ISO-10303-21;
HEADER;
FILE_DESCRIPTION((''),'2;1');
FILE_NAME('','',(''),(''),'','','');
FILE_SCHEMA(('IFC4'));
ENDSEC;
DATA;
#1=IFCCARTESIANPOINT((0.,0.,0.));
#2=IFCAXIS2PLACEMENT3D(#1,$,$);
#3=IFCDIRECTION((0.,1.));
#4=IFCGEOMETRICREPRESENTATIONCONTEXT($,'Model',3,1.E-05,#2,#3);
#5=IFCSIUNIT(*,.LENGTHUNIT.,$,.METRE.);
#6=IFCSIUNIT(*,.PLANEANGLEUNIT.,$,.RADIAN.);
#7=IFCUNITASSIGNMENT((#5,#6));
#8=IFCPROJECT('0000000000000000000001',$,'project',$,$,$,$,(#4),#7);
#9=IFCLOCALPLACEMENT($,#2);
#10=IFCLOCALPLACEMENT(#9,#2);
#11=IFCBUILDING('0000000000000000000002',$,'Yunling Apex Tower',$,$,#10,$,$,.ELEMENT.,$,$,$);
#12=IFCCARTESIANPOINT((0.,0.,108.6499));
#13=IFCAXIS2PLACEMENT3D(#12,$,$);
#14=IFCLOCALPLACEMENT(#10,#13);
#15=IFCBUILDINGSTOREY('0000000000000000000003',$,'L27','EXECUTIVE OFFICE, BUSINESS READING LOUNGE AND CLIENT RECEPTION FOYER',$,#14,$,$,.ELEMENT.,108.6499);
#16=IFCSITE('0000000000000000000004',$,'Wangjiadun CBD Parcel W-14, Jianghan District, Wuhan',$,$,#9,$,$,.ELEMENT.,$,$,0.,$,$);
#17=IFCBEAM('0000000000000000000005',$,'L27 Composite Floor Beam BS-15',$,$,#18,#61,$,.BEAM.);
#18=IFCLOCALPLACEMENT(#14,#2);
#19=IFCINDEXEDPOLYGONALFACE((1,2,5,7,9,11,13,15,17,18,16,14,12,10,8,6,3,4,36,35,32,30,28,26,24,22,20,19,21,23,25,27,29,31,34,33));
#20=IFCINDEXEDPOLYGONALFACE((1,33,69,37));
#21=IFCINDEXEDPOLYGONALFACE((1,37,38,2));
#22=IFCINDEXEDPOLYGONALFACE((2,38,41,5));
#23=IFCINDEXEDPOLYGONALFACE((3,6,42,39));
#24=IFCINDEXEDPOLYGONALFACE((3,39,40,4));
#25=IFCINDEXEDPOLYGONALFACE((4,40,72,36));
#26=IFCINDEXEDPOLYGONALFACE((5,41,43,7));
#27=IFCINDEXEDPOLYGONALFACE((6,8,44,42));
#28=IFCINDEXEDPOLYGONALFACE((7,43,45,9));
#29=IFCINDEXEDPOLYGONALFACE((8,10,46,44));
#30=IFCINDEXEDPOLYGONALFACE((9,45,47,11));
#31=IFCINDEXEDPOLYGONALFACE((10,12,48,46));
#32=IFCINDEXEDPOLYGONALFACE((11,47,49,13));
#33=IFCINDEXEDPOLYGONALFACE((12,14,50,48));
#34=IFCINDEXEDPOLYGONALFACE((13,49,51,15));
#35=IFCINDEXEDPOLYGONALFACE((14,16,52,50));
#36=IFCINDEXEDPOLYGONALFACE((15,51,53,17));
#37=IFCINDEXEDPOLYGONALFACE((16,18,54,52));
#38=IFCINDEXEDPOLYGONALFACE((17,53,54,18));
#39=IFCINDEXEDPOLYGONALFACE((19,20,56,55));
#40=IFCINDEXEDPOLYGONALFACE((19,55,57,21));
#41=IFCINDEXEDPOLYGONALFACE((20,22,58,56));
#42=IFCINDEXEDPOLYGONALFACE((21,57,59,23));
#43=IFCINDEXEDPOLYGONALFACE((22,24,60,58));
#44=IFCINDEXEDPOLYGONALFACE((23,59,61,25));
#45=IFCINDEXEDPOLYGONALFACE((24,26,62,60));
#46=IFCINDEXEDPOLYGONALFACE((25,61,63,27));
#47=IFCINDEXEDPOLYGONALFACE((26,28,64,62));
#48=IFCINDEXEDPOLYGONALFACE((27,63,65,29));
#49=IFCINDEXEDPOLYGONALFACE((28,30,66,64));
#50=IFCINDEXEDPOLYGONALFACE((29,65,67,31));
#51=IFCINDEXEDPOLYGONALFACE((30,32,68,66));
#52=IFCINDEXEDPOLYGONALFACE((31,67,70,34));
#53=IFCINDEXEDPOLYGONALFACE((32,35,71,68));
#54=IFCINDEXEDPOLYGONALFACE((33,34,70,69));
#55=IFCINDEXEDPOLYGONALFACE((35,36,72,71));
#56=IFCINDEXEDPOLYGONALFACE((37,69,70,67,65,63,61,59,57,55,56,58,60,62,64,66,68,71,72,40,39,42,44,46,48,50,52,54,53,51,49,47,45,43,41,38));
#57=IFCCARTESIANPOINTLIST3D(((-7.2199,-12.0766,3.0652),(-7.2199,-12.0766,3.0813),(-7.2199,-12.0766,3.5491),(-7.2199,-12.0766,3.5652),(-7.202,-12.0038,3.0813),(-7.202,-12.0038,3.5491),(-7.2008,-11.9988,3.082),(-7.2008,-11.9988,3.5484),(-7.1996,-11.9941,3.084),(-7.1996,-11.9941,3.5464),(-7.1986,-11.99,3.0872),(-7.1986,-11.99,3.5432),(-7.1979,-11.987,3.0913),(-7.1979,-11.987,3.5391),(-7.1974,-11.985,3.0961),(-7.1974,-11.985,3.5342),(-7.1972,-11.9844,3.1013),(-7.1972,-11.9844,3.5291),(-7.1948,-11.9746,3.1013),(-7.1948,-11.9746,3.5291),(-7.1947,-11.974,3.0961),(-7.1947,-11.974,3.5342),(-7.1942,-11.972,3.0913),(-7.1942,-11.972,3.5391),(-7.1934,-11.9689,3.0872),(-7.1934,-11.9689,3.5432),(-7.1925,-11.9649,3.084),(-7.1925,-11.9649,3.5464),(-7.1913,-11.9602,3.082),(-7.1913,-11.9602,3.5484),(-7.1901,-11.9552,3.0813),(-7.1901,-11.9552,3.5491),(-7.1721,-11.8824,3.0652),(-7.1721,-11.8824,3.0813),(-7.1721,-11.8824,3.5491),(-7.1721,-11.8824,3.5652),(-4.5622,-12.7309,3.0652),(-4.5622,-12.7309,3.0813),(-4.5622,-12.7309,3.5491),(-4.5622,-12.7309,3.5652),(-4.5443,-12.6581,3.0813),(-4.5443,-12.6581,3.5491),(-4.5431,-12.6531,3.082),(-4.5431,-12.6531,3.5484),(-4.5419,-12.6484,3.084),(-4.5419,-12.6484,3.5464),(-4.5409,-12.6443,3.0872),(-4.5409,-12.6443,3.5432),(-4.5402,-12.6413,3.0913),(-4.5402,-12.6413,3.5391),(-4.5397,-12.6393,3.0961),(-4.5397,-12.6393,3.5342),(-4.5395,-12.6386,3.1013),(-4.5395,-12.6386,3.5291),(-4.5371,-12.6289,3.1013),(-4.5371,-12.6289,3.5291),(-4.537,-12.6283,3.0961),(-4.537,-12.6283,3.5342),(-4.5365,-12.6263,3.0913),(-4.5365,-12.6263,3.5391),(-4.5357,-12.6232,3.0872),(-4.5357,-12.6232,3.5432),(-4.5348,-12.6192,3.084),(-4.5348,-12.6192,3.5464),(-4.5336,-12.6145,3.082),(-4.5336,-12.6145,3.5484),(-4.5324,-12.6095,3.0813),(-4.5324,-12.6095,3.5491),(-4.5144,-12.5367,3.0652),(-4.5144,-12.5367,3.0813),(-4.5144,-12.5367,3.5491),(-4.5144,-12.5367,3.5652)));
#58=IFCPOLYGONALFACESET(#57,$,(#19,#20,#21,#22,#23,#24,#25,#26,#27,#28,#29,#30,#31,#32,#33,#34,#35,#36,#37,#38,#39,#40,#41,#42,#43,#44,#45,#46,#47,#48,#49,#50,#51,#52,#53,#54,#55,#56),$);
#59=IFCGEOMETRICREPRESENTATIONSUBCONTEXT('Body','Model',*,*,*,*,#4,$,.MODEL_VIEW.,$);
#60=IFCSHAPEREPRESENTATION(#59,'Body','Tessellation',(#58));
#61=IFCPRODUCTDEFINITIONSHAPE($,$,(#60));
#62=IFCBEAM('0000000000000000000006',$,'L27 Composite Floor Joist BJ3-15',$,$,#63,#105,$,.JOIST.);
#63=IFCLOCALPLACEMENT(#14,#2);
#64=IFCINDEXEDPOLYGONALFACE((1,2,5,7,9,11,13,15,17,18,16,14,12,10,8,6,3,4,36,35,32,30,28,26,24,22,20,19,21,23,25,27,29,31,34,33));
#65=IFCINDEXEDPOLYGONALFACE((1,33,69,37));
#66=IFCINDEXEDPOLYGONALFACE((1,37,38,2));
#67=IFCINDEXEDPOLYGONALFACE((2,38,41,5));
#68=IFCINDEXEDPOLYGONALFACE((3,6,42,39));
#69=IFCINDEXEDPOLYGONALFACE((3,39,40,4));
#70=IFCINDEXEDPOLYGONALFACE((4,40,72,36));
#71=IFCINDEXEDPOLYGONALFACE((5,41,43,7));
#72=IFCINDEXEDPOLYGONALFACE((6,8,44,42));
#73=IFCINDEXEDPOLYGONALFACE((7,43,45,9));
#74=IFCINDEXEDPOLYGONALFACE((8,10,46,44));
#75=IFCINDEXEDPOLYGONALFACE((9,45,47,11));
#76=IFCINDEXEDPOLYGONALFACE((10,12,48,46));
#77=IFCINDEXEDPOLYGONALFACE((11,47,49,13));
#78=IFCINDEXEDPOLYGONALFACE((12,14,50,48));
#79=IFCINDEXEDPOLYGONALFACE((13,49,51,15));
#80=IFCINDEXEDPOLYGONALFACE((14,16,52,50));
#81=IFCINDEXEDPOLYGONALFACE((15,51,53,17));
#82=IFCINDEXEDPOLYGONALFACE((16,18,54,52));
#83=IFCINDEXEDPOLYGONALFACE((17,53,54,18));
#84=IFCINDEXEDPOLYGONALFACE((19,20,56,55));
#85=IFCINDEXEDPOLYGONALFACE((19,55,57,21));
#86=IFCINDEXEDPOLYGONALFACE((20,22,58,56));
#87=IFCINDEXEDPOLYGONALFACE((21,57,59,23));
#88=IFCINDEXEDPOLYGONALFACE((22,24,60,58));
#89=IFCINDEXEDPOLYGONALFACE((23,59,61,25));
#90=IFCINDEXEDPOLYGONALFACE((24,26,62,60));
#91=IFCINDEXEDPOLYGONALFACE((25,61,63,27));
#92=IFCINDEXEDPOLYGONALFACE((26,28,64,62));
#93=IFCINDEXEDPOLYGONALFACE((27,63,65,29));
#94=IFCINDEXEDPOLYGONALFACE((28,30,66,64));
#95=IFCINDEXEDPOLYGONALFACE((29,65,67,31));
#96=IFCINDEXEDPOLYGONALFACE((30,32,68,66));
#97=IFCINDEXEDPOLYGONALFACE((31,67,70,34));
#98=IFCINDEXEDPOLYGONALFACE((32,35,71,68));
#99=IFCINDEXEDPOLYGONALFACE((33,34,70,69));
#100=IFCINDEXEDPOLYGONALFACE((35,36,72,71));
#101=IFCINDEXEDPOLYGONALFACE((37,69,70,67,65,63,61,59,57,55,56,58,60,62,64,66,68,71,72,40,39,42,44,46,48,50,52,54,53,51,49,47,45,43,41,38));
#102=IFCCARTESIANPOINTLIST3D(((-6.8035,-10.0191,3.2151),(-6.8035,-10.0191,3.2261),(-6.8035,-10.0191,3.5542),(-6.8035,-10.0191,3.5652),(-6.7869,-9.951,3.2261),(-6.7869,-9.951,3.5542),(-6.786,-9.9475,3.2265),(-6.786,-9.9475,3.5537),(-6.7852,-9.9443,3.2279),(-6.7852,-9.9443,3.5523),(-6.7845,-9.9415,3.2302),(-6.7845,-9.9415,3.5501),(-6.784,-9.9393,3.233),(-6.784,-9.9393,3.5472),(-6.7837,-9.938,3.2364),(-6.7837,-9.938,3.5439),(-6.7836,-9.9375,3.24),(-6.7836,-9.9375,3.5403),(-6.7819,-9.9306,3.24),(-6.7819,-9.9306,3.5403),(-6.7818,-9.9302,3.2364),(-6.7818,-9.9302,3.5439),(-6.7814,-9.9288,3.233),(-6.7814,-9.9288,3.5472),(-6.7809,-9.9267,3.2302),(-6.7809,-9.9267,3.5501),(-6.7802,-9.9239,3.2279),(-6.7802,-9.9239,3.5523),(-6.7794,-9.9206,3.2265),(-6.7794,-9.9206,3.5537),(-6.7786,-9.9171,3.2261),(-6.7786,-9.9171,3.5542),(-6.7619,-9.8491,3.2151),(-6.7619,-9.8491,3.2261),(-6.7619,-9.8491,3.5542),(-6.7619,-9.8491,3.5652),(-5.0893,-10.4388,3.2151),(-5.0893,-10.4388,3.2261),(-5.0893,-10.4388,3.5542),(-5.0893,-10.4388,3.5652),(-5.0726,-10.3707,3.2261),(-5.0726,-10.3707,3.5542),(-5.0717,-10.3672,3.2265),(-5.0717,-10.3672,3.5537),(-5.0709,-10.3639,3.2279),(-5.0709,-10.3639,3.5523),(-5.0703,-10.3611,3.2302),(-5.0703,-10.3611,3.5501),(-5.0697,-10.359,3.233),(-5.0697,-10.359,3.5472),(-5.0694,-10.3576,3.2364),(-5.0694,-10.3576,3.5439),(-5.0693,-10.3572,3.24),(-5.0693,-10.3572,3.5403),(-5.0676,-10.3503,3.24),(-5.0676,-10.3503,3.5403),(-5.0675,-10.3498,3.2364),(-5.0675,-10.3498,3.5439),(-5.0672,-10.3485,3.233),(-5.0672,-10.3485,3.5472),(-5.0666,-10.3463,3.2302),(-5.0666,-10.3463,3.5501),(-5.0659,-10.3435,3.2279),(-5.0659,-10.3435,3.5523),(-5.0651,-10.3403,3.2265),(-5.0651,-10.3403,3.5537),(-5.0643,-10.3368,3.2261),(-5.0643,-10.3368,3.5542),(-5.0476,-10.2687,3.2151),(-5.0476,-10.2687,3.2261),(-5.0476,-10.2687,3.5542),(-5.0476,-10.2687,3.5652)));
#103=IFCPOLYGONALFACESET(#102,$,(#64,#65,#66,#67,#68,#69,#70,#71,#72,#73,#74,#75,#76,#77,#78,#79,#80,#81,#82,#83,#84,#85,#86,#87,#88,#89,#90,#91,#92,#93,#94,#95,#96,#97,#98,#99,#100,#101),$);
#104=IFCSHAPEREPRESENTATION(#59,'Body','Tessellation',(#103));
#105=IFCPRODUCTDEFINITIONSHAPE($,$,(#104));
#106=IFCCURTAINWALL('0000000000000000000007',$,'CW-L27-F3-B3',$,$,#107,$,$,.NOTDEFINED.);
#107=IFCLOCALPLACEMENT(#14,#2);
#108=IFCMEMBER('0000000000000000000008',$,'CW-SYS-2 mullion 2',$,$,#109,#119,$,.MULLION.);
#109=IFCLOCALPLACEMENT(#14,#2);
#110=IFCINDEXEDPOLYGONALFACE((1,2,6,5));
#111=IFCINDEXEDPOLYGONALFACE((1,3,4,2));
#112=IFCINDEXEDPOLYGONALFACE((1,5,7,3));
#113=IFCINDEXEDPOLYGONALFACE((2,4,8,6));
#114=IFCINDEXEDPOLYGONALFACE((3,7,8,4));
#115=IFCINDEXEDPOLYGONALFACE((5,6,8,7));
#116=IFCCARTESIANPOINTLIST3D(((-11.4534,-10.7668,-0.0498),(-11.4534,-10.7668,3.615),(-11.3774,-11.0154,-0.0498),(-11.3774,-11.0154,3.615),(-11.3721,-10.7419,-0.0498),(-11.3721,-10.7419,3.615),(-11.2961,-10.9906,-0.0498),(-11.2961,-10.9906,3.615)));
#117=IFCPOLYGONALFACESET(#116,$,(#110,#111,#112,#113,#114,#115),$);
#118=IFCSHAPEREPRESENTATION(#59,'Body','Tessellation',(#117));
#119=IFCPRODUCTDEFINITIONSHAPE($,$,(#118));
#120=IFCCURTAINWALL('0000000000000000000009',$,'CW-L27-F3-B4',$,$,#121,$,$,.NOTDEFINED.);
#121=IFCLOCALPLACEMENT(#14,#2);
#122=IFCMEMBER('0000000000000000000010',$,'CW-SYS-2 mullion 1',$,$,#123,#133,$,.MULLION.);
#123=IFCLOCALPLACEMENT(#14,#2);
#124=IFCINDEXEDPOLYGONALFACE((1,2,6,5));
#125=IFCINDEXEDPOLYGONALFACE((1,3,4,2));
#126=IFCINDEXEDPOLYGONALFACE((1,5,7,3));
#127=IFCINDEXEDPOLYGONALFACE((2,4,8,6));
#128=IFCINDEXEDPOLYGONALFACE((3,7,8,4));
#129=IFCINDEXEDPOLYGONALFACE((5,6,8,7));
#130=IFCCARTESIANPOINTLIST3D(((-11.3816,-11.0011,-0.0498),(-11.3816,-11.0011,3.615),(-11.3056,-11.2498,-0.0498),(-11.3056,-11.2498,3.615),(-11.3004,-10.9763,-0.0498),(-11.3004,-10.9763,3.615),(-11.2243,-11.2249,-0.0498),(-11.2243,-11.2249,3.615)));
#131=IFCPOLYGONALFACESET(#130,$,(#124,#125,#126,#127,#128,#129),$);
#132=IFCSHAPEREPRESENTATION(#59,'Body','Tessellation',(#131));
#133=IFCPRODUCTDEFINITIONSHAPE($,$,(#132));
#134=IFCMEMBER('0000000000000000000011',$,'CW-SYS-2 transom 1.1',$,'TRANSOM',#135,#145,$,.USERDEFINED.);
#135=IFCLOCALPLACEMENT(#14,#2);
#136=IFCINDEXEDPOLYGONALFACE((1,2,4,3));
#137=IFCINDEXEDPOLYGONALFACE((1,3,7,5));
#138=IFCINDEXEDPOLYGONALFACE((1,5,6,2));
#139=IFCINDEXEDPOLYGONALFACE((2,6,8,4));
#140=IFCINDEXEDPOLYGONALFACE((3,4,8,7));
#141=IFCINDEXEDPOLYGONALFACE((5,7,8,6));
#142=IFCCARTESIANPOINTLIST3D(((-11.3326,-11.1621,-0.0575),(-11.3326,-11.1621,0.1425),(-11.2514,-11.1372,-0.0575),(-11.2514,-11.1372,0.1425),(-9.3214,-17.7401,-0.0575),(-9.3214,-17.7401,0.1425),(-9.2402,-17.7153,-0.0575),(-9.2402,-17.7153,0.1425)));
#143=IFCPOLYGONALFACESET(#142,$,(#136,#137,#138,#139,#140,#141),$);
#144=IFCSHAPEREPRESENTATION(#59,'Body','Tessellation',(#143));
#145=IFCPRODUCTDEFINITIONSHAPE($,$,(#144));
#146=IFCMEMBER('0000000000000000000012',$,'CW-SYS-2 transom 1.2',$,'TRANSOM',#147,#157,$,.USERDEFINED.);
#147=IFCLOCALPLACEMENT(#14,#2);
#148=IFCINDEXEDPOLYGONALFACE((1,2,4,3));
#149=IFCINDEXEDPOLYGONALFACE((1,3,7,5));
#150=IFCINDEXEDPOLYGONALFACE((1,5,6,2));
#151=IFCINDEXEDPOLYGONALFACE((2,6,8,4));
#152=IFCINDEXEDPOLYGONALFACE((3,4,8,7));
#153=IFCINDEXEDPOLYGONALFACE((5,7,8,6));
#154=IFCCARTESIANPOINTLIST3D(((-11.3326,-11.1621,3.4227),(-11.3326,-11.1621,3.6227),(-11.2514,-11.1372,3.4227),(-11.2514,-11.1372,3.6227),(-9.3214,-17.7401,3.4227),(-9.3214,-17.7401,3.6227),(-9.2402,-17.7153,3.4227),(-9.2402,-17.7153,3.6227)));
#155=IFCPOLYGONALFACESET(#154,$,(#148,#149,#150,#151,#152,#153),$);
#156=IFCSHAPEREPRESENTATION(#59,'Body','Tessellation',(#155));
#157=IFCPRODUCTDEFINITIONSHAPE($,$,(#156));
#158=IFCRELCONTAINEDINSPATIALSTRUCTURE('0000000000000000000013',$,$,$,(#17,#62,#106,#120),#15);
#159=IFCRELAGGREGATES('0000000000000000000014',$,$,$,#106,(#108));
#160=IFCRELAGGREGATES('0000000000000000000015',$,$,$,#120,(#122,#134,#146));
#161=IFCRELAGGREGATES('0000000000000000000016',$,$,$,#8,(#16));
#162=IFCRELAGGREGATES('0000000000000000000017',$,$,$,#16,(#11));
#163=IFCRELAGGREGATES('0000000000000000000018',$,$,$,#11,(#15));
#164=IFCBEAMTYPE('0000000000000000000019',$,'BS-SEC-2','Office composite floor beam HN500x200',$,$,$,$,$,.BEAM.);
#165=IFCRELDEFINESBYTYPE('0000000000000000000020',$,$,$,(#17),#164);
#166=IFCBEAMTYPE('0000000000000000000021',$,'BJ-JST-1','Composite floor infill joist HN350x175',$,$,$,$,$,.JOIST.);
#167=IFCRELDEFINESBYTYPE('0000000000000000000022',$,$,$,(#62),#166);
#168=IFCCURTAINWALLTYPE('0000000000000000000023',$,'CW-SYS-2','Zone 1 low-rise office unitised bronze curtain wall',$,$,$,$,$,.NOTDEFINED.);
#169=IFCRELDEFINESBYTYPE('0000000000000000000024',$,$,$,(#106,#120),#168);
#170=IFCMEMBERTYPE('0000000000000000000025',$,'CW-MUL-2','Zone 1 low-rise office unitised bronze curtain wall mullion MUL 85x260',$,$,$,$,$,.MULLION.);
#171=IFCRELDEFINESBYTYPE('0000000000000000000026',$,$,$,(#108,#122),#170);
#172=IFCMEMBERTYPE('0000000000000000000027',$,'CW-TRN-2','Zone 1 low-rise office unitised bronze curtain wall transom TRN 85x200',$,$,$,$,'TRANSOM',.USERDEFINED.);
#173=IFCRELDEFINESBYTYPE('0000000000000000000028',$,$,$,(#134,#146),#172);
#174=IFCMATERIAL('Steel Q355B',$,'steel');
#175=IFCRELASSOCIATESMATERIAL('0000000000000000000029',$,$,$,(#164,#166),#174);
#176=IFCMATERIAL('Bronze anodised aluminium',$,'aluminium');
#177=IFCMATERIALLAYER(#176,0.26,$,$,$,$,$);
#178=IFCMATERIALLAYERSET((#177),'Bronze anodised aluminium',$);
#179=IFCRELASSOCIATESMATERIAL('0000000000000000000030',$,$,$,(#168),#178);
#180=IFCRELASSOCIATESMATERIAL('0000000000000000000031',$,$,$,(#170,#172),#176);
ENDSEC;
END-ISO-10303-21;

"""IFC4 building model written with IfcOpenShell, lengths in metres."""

from ifc_helpers import new_model, si_unit, direction, frame, origin, origin_2d, place, context, subcontext, project, spatial, rectangle, i_section, extrude, source, transform, mapped, material, layer, layer_set, material_profile, profile_set, type_object, element, aggregate, save


model = new_model("IFC4")

# Units and contexts
model_context = context("Model", 3, precision=1e-05, world=origin(), true_north=direction((0.0, 1.0)))
body_context = subcontext(model_context, "Body", "Model", "MODEL_VIEW")
ifc_project = project(units=[si_unit("LENGTHUNIT", "METRE"), si_unit("PLANEANGLEUNIT", "RADIAN")], contexts=[model_context])

# Site, building, storey
site_placement = place(None, origin())
site = spatial("IfcSite", under=ifc_project, at=site_placement, Name="Wangjiadun CBD Parcel W-14, Jianghan District, Wuhan", CompositionType="ELEMENT", RefElevation=0.0)
building_placement = place(site_placement, origin())
building = spatial("IfcBuilding", under=site, at=building_placement, Name="Yunling Apex Tower", CompositionType="ELEMENT")
storey_placement = place(building_placement, frame((0.0, 0.0, 108.6499)))
storey = spatial("IfcBuildingStorey", under=building, at=storey_placement, Name="L27", Description="EXECUTIVE OFFICE, BUSINESS READING LOUNGE AND CLIENT RECEPTION FOYER", CompositionType="ELEMENT", Elevation=108.6499)

# Beams
ifc_material_1 = material(Name="Steel Q355B", Category="steel")
ifc_material_profile_1 = material_profile(ifc_material_1, i_section(OverallWidth=0.2, OverallDepth=0.5, WebThickness=0.01, FlangeThickness=0.0161, FilletRadius=0.02, at=origin_2d()))
ifc_profile_set_1 = profile_set([ifc_material_profile_1], Name="Steel Q355B")
beam_type_1 = type_object("IfcBeamType", Name="BS-SEC-2", Description="Office composite floor beam HN500x200", PredefinedType="BEAM", material=ifc_profile_set_1)
ifc_material_profile_2 = material_profile(ifc_material_1, i_section(OverallWidth=0.175, OverallDepth=0.3501, WebThickness=0.0071, FlangeThickness=0.011, FilletRadius=0.0139, at=origin_2d()))
ifc_profile_set_2 = profile_set([ifc_material_profile_2], Name="Steel Q355B")
beam_type_2 = type_object("IfcBeamType", Name="BJ-JST-1", Description="Composite floor infill joist HN350x175", PredefinedType="JOIST", material=ifc_profile_set_2)
shared_shape_1 = source(origin(), body_context, "Body", "SweptSolid", [
    extrude(i_section(OverallWidth=0.2, OverallDepth=0.5, WebThickness=0.01, FlangeThickness=0.0161, FilletRadius=0.02, at=origin_2d()), origin(), (0.0, 0.0, 1.0), 2.7371),
])
beam_1_placement = place(storey_placement, frame((-7.196, -11.9795, 3.3152), z_axis=(0.971007, -0.23905, 0.0), x_axis=(0.23905, 0.971007, 0.0)))
element("IfcBeam", 1, at=beam_1_placement, inside=storey, type_object=beam_type_1, Name="L27 Composite Floor Beam BS-15", PredefinedType="BEAM", context=body_context, shape_type="MappedRepresentation", body=[
    mapped(shared_shape_1, transform((0.0, 0.0, 0.0), scale=1.0)),
])
shared_shape_2 = source(origin(), body_context, "Body", "SweptSolid", [
    extrude(i_section(OverallWidth=0.175, OverallDepth=0.3501, WebThickness=0.0071, FlangeThickness=0.011, FilletRadius=0.0139, at=origin_2d()), origin(), (0.0, 0.0, 1.0), 1.7649),
])
beam_2_placement = place(storey_placement, frame((-6.7827, -9.9341, 3.3901), z_axis=(0.971319, -0.237781, 0.0), x_axis=(0.237781, 0.971319, 0.0)))
element("IfcBeam", 2, at=beam_2_placement, inside=storey, type_object=beam_type_2, Name="L27 Composite Floor Joist BJ3-15", PredefinedType="JOIST", context=body_context, shape_type="MappedRepresentation", body=[
    mapped(shared_shape_2, transform((0.0, 0.0, 0.0), scale=1.0)),
])

# Curtain wall, member
ifc_material_2 = material(Name="Bronze anodised aluminium", Category="aluminium")
ifc_layer_1 = layer(ifc_material_2, 0.26)
ifc_layer_set_1 = layer_set([ifc_layer_1], Name="Bronze anodised aluminium")
curtain_wall_type = type_object("IfcCurtainWallType", Name="CW-SYS-2", Description="Zone 1 low-rise office unitised bronze curtain wall", PredefinedType="NOTDEFINED", material=ifc_layer_set_1)
curtain_wall_1_placement = place(storey_placement, origin())
curtain_wall_1 = element("IfcCurtainWall", 3, at=curtain_wall_1_placement, inside=storey, type_object=curtain_wall_type, Name="CW-L27-F3-B3", PredefinedType="NOTDEFINED")
ifc_material_profile_3 = material_profile(ifc_material_2, rectangle(XDim=0.085, YDim=0.26, at=origin_2d()))
ifc_profile_set_3 = profile_set([ifc_material_profile_3], Name="Bronze anodised aluminium")
member_type_1 = type_object("IfcMemberType", Name="CW-MUL-2", Description="Zone 1 low-rise office unitised bronze curtain wall mullion MUL 85x260", PredefinedType="MULLION", material=ifc_profile_set_3)
shared_shape_3 = source(origin(), body_context, "Body", "SweptSolid", [
    extrude(rectangle(XDim=0.085, YDim=0.26, at=origin_2d()), origin(), (0.0, 0.0, 1.0), 3.6648),
])
member_1_placement = place(storey_placement, frame((-11.3748, -10.8787, -0.0498), z_axis=(0.0, 0.0, 1.0), x_axis=(0.956304, 0.292373, 0.0)))
member_1 = element("IfcMember", 4, at=member_1_placement, type_object=member_type_1, Name="CW-SYS-2 mullion 2", PredefinedType="MULLION", context=body_context, shape_type="MappedRepresentation", body=[
    mapped(shared_shape_3, transform((0.0, 0.0, 0.0), scale=1.0)),
])
aggregate(curtain_wall_1, [member_1])

# Curtain wall, members
curtain_wall_2_placement = place(storey_placement, origin())
curtain_wall_2 = element("IfcCurtainWall", 5, at=curtain_wall_2_placement, inside=storey, type_object=curtain_wall_type, Name="CW-L27-F3-B4", PredefinedType="NOTDEFINED")
member_2_placement = place(storey_placement, frame((-11.303, -11.113, -0.0498), z_axis=(0.0, 0.0, 1.0), x_axis=(0.956304, 0.292373, 0.0)))
member_2 = element("IfcMember", 6, at=member_2_placement, type_object=member_type_1, Name="CW-SYS-2 mullion 1", PredefinedType="MULLION", context=body_context, shape_type="MappedRepresentation", body=[
    mapped(shared_shape_3, transform((0.0, 0.0, 0.0), scale=1.0)),
])
ifc_material_profile_4 = material_profile(ifc_material_2, rectangle(XDim=0.085, YDim=0.2, at=origin_2d()))
ifc_profile_set_4 = profile_set([ifc_material_profile_4], Name="Bronze anodised aluminium")
member_type_2 = type_object("IfcMemberType", Name="CW-TRN-2", Description="Zone 1 low-rise office unitised bronze curtain wall transom TRN 85x200", ElementType="TRANSOM", PredefinedType="USERDEFINED", material=ifc_profile_set_4)
shared_shape_4 = source(origin(), body_context, "Body", "SweptSolid", [
    extrude(rectangle(XDim=0.085, YDim=0.2, at=origin_2d()), origin(), (0.0, 0.0, 1.0), 6.8787),
])
member_3_placement = place(storey_placement, frame((-11.292, -11.1497, 0.0425), z_axis=(0.292384, -0.956301, 0.0), x_axis=(0.956301, 0.292384, 0.0)))
member_3 = element("IfcMember", 7, at=member_3_placement, type_object=member_type_2, Name="CW-SYS-2 transom 1.1", ObjectType="TRANSOM", PredefinedType="USERDEFINED", context=body_context, shape_type="MappedRepresentation", body=[
    mapped(shared_shape_4, transform((0.0, 0.0, 0.0), scale=1.0)),
])
member_4_placement = place(storey_placement, frame((-11.292, -11.1497, 3.5227), z_axis=(0.292384, -0.956301, 0.0), x_axis=(0.956301, 0.292384, 0.0)))
member_4 = element("IfcMember", 8, at=member_4_placement, type_object=member_type_2, Name="CW-SYS-2 transom 1.2", ObjectType="TRANSOM", PredefinedType="USERDEFINED", context=body_context, shape_type="MappedRepresentation", body=[
    mapped(shared_shape_4, transform((0.0, 0.0, 0.0), scale=1.0)),
])
aggregate(curtain_wall_2, [member_2, member_3, member_4])

save(model, "model.ifc")
